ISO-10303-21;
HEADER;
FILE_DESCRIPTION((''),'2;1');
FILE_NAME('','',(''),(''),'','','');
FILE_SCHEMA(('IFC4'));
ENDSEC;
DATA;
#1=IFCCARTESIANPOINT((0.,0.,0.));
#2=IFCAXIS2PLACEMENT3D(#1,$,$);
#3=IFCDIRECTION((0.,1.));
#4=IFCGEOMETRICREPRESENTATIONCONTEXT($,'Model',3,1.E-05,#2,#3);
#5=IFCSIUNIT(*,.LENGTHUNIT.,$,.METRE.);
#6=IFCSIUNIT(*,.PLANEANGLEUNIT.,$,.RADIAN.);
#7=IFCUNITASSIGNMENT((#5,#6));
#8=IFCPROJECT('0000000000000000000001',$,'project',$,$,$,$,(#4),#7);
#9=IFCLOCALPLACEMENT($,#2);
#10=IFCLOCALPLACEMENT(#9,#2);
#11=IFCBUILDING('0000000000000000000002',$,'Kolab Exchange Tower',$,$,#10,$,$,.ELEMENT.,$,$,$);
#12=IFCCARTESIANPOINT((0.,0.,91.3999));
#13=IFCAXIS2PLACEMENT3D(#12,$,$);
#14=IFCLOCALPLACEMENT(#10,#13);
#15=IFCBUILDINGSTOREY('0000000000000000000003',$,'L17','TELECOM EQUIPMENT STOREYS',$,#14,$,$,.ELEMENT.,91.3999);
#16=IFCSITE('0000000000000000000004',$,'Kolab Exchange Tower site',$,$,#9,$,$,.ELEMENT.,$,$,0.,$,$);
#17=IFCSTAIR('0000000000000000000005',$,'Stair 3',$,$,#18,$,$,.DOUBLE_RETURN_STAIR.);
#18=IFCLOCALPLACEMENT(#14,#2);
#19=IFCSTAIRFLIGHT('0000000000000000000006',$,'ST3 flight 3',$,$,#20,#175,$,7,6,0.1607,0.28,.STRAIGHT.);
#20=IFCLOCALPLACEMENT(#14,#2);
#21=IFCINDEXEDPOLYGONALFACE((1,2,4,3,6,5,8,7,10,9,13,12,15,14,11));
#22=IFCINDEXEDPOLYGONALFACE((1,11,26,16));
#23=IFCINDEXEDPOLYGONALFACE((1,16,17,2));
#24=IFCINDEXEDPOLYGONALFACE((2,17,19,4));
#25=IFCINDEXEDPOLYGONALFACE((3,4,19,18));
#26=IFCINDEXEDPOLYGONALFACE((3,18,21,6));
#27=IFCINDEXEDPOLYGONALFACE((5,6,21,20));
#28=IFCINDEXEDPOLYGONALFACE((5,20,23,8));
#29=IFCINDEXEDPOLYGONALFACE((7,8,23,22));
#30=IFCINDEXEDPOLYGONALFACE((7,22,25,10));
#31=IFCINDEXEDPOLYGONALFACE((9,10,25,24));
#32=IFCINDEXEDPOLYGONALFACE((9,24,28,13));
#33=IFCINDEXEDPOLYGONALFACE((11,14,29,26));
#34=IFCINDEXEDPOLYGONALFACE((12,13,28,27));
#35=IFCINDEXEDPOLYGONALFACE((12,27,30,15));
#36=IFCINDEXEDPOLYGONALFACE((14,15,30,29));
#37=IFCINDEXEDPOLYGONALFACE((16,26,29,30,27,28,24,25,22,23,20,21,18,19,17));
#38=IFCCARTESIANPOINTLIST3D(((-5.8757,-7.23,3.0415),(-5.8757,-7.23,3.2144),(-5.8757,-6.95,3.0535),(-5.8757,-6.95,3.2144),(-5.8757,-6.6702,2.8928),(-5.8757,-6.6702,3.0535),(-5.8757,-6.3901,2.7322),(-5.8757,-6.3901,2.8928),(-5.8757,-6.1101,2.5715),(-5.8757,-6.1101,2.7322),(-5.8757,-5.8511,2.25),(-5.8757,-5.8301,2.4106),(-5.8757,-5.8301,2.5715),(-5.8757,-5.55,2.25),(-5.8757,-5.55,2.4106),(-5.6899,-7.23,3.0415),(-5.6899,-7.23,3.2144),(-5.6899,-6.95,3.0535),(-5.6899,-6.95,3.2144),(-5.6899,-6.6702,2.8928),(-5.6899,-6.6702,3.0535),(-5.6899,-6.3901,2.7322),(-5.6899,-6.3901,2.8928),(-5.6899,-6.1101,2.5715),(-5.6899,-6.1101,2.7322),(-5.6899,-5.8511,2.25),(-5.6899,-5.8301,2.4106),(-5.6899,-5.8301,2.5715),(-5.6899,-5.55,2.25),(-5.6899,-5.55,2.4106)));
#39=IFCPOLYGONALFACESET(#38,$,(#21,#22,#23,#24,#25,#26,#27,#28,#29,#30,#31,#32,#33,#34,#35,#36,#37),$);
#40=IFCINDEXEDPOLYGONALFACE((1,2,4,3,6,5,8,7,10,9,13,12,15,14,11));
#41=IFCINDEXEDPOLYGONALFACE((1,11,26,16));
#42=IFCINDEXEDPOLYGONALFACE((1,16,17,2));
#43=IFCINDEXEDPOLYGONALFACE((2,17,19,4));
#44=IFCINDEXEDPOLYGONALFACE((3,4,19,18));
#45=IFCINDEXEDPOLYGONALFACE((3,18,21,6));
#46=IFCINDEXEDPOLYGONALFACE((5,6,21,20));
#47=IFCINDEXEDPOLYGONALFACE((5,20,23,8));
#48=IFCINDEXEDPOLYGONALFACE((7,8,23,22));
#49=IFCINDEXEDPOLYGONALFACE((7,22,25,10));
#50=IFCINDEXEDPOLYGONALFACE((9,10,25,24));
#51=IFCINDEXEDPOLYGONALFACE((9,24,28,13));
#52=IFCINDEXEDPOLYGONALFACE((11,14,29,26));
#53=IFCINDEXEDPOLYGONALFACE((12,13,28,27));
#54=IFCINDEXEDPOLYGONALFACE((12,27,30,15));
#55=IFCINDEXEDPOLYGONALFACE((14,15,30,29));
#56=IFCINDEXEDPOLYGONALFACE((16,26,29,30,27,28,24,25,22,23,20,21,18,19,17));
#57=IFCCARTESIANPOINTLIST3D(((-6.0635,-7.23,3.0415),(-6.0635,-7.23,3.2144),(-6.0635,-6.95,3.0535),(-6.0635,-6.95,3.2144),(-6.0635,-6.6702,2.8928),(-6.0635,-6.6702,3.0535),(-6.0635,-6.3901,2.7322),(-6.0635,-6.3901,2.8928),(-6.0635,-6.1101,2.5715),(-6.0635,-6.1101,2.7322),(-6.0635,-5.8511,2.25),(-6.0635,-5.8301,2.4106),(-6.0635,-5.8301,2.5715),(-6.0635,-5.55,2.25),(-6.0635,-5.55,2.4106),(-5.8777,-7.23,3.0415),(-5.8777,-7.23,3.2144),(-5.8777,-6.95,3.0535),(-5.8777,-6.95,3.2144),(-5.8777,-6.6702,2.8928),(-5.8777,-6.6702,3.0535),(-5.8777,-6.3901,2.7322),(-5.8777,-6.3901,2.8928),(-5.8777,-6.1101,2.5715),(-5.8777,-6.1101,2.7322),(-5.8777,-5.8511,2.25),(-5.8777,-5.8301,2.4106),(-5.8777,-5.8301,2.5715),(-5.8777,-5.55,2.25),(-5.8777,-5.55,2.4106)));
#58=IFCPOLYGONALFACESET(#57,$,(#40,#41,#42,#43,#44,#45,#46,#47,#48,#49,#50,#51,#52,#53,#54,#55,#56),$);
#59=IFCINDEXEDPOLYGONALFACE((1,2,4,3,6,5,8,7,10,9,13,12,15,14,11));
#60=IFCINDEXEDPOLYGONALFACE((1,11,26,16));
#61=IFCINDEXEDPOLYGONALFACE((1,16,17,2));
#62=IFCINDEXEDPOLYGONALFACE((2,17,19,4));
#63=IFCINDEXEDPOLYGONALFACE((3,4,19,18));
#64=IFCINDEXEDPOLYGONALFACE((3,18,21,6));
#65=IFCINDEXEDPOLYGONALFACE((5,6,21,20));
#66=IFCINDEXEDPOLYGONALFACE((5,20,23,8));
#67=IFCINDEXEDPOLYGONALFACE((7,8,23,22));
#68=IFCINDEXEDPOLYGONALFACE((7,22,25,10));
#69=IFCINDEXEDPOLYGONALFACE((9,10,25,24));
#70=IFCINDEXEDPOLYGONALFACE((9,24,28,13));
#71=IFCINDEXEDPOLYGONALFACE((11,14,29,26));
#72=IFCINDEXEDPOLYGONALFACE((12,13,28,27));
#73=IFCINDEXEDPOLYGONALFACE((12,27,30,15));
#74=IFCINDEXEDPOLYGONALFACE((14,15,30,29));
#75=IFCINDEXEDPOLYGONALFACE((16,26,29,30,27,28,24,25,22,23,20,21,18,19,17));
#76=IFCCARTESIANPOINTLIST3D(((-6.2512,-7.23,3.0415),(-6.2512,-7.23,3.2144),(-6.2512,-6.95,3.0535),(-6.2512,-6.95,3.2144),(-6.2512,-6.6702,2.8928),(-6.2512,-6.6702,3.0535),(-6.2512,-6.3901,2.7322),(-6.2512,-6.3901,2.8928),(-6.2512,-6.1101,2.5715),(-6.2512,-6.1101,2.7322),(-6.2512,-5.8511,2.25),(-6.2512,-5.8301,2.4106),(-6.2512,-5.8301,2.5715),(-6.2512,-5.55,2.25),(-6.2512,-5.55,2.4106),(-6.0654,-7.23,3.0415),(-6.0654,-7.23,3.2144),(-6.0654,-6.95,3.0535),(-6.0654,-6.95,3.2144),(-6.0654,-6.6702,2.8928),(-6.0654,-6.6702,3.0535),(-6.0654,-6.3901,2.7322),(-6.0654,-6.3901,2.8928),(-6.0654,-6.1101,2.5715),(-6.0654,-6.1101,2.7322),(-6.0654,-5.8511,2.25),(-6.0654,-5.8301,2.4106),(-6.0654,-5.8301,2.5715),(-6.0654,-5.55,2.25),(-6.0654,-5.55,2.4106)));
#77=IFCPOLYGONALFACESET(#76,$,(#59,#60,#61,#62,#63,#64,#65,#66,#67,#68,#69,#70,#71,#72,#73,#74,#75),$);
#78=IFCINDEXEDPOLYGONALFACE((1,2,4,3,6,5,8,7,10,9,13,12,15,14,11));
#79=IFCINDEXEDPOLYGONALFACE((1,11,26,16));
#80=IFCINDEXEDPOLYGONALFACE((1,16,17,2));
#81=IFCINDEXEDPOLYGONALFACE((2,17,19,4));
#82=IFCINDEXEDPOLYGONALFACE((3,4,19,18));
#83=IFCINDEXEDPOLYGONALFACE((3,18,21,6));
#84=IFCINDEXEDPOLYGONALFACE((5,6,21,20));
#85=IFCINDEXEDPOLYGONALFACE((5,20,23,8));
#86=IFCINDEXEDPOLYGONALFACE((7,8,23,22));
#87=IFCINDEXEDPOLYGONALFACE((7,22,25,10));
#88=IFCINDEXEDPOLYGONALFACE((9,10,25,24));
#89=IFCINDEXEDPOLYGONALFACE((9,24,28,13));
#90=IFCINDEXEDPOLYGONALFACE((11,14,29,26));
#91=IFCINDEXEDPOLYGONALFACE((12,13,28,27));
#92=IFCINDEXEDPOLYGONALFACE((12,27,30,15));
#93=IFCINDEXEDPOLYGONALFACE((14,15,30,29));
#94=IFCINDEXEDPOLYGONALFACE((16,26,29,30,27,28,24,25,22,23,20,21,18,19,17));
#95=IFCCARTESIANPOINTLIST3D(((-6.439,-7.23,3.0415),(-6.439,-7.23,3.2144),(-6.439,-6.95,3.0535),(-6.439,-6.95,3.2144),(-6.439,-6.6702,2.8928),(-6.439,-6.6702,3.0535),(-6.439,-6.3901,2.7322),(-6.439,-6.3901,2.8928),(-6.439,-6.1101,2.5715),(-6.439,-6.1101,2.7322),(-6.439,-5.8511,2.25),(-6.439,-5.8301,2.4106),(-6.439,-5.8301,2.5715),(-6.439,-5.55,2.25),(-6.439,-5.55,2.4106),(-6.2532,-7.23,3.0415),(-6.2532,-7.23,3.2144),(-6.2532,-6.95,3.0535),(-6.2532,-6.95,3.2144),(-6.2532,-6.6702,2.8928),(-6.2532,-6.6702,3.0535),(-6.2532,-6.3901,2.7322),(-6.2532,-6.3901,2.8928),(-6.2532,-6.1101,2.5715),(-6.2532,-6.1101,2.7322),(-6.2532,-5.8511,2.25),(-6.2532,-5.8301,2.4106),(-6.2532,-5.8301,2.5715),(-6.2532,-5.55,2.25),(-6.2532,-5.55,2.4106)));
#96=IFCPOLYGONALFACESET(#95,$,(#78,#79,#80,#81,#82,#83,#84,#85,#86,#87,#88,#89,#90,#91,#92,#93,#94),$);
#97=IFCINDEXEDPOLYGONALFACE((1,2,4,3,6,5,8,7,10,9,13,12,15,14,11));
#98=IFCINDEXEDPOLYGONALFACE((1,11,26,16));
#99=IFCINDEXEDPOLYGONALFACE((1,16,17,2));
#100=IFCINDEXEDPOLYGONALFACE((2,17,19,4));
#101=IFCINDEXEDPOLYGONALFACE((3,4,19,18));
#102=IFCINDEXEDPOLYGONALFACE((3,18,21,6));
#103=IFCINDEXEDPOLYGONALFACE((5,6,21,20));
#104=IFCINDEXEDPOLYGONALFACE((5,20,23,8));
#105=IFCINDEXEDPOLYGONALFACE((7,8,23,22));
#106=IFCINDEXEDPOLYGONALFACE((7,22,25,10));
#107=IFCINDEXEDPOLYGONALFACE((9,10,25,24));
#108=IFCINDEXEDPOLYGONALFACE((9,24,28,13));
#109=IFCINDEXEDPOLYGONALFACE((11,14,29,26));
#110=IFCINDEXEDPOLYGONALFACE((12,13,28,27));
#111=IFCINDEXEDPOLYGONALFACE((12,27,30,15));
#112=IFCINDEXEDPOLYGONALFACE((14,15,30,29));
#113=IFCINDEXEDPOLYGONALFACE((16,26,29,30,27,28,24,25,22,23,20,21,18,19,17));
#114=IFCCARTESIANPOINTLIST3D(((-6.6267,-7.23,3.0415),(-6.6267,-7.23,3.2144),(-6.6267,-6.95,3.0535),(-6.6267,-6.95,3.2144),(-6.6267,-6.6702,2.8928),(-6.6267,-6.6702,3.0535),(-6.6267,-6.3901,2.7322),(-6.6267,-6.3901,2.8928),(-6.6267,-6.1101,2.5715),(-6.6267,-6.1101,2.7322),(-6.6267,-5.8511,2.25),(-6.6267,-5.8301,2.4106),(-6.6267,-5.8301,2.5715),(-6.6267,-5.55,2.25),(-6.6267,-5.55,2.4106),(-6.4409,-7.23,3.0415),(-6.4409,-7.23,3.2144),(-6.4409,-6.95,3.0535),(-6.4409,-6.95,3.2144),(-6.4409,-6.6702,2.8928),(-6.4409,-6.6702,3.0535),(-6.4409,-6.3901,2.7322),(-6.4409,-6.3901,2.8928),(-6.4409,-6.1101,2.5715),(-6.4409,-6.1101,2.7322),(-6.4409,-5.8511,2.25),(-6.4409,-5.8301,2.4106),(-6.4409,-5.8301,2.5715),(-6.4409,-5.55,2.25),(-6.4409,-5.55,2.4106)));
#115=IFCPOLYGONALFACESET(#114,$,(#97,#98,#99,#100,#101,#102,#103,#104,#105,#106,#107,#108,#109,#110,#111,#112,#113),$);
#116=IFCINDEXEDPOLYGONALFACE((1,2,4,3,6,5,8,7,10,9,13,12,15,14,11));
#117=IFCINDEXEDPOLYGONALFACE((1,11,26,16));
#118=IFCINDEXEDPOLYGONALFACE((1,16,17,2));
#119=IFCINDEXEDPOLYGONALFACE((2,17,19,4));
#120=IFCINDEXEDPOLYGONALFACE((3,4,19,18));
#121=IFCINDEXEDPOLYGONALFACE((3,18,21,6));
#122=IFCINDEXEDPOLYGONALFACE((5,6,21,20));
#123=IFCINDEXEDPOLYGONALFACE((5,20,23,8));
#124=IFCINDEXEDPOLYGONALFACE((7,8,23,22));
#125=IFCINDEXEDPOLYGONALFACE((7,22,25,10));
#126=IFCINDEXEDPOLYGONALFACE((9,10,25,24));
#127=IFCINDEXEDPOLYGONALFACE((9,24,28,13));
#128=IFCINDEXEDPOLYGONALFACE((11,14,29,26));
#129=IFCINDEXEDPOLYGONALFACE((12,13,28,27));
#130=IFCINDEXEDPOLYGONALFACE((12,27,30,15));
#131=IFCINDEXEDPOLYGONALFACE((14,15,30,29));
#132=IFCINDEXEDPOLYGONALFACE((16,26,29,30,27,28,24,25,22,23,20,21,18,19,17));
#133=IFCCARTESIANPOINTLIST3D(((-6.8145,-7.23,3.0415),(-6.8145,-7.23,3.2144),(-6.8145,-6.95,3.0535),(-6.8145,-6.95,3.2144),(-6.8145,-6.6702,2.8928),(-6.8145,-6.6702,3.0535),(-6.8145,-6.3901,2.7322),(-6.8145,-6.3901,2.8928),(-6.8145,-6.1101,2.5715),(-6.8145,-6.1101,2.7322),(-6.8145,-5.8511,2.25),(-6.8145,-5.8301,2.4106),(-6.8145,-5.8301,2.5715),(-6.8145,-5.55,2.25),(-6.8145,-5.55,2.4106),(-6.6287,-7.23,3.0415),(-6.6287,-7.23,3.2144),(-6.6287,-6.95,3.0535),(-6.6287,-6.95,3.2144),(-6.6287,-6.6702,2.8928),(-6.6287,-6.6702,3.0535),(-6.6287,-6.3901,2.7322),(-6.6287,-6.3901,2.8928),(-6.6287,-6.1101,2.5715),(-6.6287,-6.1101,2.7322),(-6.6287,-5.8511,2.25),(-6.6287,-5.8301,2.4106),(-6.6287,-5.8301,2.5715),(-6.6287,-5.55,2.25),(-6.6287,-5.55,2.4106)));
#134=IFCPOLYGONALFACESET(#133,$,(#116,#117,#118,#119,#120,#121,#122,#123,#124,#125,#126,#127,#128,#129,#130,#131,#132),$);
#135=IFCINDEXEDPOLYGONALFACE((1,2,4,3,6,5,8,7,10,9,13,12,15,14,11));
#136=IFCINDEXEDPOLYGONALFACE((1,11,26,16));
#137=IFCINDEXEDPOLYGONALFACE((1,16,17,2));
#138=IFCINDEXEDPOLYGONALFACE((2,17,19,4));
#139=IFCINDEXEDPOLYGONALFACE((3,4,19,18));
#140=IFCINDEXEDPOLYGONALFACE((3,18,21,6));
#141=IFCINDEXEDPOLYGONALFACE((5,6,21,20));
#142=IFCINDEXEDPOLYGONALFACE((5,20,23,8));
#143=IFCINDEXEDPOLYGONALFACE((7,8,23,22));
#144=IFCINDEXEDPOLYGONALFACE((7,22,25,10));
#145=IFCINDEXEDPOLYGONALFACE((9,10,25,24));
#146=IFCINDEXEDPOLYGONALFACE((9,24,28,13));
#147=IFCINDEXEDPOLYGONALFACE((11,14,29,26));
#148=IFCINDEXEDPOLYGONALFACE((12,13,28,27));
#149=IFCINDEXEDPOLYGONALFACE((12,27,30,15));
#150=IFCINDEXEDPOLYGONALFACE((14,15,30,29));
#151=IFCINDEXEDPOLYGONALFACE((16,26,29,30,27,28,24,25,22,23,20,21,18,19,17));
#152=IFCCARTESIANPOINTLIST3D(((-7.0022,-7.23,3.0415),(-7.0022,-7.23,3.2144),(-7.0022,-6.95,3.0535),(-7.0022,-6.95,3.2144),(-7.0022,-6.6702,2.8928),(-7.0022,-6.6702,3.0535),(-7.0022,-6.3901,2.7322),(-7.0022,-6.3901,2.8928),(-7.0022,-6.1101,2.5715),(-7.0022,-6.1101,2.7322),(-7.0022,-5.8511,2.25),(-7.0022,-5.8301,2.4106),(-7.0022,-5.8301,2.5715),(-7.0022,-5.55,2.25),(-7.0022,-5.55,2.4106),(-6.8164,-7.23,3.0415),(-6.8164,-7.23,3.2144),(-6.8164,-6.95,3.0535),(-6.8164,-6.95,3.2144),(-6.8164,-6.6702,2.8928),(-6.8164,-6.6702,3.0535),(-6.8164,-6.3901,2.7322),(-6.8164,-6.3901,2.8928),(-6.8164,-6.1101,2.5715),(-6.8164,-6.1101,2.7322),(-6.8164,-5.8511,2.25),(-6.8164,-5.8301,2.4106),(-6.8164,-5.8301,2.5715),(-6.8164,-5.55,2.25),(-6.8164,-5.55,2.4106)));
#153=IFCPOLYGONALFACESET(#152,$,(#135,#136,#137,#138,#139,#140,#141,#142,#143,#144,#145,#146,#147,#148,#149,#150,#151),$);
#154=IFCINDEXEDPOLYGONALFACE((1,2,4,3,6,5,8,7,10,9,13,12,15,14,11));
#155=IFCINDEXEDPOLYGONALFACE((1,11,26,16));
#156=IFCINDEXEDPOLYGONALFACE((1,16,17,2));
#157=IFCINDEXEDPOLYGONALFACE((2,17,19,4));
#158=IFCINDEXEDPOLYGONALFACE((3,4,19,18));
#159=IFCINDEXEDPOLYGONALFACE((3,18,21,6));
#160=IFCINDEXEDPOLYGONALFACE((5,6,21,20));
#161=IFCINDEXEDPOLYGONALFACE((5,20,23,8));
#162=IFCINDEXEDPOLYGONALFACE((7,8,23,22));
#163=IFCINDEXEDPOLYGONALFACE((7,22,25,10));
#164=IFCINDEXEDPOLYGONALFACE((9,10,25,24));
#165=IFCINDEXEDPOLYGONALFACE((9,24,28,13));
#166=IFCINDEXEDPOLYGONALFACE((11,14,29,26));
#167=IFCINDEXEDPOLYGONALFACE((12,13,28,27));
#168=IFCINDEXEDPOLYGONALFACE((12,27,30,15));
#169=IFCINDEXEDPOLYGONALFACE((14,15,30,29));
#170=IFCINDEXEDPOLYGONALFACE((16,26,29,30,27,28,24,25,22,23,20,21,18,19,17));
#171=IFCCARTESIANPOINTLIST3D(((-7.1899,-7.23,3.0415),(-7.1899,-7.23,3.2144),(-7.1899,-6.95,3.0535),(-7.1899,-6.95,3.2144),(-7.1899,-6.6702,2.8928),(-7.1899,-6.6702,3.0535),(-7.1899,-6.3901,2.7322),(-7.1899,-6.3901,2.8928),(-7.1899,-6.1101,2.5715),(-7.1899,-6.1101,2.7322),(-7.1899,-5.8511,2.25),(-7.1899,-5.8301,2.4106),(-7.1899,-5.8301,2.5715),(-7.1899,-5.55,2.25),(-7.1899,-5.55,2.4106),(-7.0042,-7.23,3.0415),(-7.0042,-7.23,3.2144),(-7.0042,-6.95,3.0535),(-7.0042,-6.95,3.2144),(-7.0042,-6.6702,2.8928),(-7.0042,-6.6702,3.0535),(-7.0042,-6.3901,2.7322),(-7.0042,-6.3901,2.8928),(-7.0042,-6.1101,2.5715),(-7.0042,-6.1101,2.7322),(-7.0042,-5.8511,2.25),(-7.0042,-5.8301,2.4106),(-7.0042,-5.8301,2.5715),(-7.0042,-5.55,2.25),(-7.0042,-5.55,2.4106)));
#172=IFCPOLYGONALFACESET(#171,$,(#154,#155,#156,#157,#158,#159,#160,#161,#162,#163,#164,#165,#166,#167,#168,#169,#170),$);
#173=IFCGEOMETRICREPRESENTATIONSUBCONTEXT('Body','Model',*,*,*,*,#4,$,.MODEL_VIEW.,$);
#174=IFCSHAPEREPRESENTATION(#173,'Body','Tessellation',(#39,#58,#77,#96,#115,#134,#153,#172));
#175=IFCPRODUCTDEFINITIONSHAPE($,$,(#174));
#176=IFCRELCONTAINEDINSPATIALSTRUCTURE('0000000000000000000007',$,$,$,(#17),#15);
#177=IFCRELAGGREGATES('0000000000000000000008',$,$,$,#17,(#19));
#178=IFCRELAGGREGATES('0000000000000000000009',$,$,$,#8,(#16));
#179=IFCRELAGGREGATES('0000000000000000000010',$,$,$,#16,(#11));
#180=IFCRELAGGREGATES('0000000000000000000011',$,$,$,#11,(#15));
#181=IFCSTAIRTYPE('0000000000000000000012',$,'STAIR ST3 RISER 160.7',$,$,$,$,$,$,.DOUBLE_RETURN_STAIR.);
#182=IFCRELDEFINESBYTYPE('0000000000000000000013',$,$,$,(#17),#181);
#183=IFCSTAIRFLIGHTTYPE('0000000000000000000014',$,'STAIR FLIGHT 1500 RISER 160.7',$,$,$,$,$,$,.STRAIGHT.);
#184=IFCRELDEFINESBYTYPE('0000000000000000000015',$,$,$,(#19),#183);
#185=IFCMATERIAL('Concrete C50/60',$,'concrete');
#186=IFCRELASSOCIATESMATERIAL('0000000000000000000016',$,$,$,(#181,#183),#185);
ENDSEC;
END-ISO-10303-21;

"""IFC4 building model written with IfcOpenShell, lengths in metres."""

from ifc_helpers import new_model, si_unit, direction, frame, origin, place, context, subcontext, project, spatial, polyline, outline, extrude, material, type_object, element, aggregate, save


model = new_model("IFC4")

# Units and contexts
model_context = context("Model", 3, precision=1e-05, world=origin(), true_north=direction((0.0, 1.0)))
body_context = subcontext(model_context, "Body", "Model", "MODEL_VIEW")
ifc_project = project(units=[si_unit("LENGTHUNIT", "METRE"), si_unit("PLANEANGLEUNIT", "RADIAN")], contexts=[model_context])

# Site, building, storey
site_placement = place(None, origin())
site = spatial("IfcSite", under=ifc_project, at=site_placement, Name="Kolab Exchange Tower site", CompositionType="ELEMENT", RefElevation=0.0)
building_placement = place(site_placement, origin())
building = spatial("IfcBuilding", under=site, at=building_placement, Name="Kolab Exchange Tower", CompositionType="ELEMENT")
storey_placement = place(building_placement, frame((0.0, 0.0, 91.3999)))
storey = spatial("IfcBuildingStorey", under=building, at=storey_placement, Name="L17", Description="TELECOM EQUIPMENT STOREYS", CompositionType="ELEMENT", Elevation=91.3999)

# Shared definitions
ifc_material_1 = material(Name="Concrete C50/60", Category="concrete")

# Stair, stair flight
stair_type = type_object("IfcStairType", Name="STAIR ST3 RISER 160.7", PredefinedType="DOUBLE_RETURN_STAIR", material=ifc_material_1)
stair_placement = place(storey_placement, origin())
stair = element("IfcStair", 1, at=stair_placement, inside=storey, type_object=stair_type, Name="Stair 3", PredefinedType="DOUBLE_RETURN_STAIR")
stair_flight_type = type_object("IfcStairFlightType", Name="STAIR FLIGHT 1500 RISER 160.7", PredefinedType="STRAIGHT", material=ifc_material_1)
stair_flight_1_placement = place(storey_placement, frame((-6.4399, -5.55, 2.25), z_axis=(0.0, 0.0, 1.0), x_axis=(0.0, -1.0, 0.0)))
stair_flight_1 = element("IfcStairFlight", 2, at=stair_flight_1_placement, type_object=stair_flight_type, Name="ST3 flight 3", NumberOfRisers=7, NumberOfTreads=6, PredefinedType="STRAIGHT", RiserHeight=0.1607, TreadLength=0.28, context=body_context, shape_type="SweptSolid", body=[
    extrude(outline(polyline([(0.0, 0.0), (0.0, 0.1606), (0.28, 0.1606), (0.28, 0.3215), (0.5601, 0.3215), (0.5601, 0.4822), (0.8401, 0.4822), (0.8401, 0.6428), (1.1201, 0.6428), (1.1201, 0.8035), (1.3999, 0.8035), (1.3999, 0.9644), (1.6799, 0.9644), (1.6799, 1.125), (1.6799, 0.7915), (0.301, 0.0), (0.0, 0.0)])), frame((0.0, 0.75, 0.0), z_axis=(0.0, -1.0, 0.0), x_axis=(1.0, 0.0, 0.0)), (0.0, 0.0, 1.0), 0.1858),
    extrude(outline(polyline([(0.0, 0.0), (0.0, 0.1606), (0.28, 0.1606), (0.28, 0.3215), (0.5601, 0.3215), (0.5601, 0.4822), (0.8401, 0.4822), (0.8401, 0.6428), (1.1201, 0.6428), (1.1201, 0.8035), (1.3999, 0.8035), (1.3999, 0.9644), (1.6799, 0.9644), (1.6799, 1.125), (1.6799, 0.7915), (0.301, 0.0), (0.0, 0.0)])), frame((0.0, 0.5623, 0.0), z_axis=(0.0, -1.0, 0.0), x_axis=(1.0, 0.0, 0.0)), (0.0, 0.0, 1.0), 0.1858),
    extrude(outline(polyline([(0.0, 0.0), (0.0, 0.1606), (0.28, 0.1606), (0.28, 0.3215), (0.5601, 0.3215), (0.5601, 0.4822), (0.8401, 0.4822), (0.8401, 0.6428), (1.1201, 0.6428), (1.1201, 0.8035), (1.3999, 0.8035), (1.3999, 0.9644), (1.6799, 0.9644), (1.6799, 1.125), (1.6799, 0.7915), (0.301, 0.0), (0.0, 0.0)])), frame((0.0, 0.3745, 0.0), z_axis=(0.0, -1.0, 0.0), x_axis=(1.0, 0.0, 0.0)), (0.0, 0.0, 1.0), 0.1858),
    extrude(outline(polyline([(0.0, 0.0), (0.0, 0.1606), (0.28, 0.1606), (0.28, 0.3215), (0.5601, 0.3215), (0.5601, 0.4822), (0.8401, 0.4822), (0.8401, 0.6428), (1.1201, 0.6428), (1.1201, 0.8035), (1.3999, 0.8035), (1.3999, 0.9644), (1.6799, 0.9644), (1.6799, 1.125), (1.6799, 0.7915), (0.301, 0.0), (0.0, 0.0)])), frame((0.0, 0.1868, 0.0), z_axis=(0.0, -1.0, 0.0), x_axis=(1.0, 0.0, 0.0)), (0.0, 0.0, 1.0), 0.1858),
    extrude(outline(polyline([(0.0, 0.0), (0.0, 0.1606), (0.28, 0.1606), (0.28, 0.3215), (0.5601, 0.3215), (0.5601, 0.4822), (0.8401, 0.4822), (0.8401, 0.6428), (1.1201, 0.6428), (1.1201, 0.8035), (1.3999, 0.8035), (1.3999, 0.9644), (1.6799, 0.9644), (1.6799, 1.125), (1.6799, 0.7915), (0.301, 0.0), (0.0, 0.0)])), frame((0.0, -0.001, 0.0), z_axis=(0.0, -1.0, 0.0), x_axis=(1.0, 0.0, 0.0)), (0.0, 0.0, 1.0), 0.1858),
    extrude(outline(polyline([(0.0, 0.0), (0.0, 0.1606), (0.28, 0.1606), (0.28, 0.3215), (0.5601, 0.3215), (0.5601, 0.4822), (0.8401, 0.4822), (0.8401, 0.6428), (1.1201, 0.6428), (1.1201, 0.8035), (1.3999, 0.8035), (1.3999, 0.9644), (1.6799, 0.9644), (1.6799, 1.125), (1.6799, 0.7915), (0.301, 0.0), (0.0, 0.0)])), frame((0.0, -0.1887, 0.0), z_axis=(0.0, -1.0, 0.0), x_axis=(1.0, 0.0, 0.0)), (0.0, 0.0, 1.0), 0.1858),
    extrude(outline(polyline([(0.0, 0.0), (0.0, 0.1606), (0.28, 0.1606), (0.28, 0.3215), (0.5601, 0.3215), (0.5601, 0.4822), (0.8401, 0.4822), (0.8401, 0.6428), (1.1201, 0.6428), (1.1201, 0.8035), (1.3999, 0.8035), (1.3999, 0.9644), (1.6799, 0.9644), (1.6799, 1.125), (1.6799, 0.7915), (0.301, 0.0), (0.0, 0.0)])), frame((0.0, -0.3765, 0.0), z_axis=(0.0, -1.0, 0.0), x_axis=(1.0, 0.0, 0.0)), (0.0, 0.0, 1.0), 0.1858),
    extrude(outline(polyline([(0.0, 0.0), (0.0, 0.1606), (0.28, 0.1606), (0.28, 0.3215), (0.5601, 0.3215), (0.5601, 0.4822), (0.8401, 0.4822), (0.8401, 0.6428), (1.1201, 0.6428), (1.1201, 0.8035), (1.3999, 0.8035), (1.3999, 0.9644), (1.6799, 0.9644), (1.6799, 1.125), (1.6799, 0.7915), (0.301, 0.0), (0.0, 0.0)])), frame((0.0, -0.5642, 0.0), z_axis=(0.0, -1.0, 0.0), x_axis=(1.0, 0.0, 0.0)), (0.0, 0.0, 1.0), 0.1858),
])
aggregate(stair, [stair_flight_1])

save(model, "model.ifc")
